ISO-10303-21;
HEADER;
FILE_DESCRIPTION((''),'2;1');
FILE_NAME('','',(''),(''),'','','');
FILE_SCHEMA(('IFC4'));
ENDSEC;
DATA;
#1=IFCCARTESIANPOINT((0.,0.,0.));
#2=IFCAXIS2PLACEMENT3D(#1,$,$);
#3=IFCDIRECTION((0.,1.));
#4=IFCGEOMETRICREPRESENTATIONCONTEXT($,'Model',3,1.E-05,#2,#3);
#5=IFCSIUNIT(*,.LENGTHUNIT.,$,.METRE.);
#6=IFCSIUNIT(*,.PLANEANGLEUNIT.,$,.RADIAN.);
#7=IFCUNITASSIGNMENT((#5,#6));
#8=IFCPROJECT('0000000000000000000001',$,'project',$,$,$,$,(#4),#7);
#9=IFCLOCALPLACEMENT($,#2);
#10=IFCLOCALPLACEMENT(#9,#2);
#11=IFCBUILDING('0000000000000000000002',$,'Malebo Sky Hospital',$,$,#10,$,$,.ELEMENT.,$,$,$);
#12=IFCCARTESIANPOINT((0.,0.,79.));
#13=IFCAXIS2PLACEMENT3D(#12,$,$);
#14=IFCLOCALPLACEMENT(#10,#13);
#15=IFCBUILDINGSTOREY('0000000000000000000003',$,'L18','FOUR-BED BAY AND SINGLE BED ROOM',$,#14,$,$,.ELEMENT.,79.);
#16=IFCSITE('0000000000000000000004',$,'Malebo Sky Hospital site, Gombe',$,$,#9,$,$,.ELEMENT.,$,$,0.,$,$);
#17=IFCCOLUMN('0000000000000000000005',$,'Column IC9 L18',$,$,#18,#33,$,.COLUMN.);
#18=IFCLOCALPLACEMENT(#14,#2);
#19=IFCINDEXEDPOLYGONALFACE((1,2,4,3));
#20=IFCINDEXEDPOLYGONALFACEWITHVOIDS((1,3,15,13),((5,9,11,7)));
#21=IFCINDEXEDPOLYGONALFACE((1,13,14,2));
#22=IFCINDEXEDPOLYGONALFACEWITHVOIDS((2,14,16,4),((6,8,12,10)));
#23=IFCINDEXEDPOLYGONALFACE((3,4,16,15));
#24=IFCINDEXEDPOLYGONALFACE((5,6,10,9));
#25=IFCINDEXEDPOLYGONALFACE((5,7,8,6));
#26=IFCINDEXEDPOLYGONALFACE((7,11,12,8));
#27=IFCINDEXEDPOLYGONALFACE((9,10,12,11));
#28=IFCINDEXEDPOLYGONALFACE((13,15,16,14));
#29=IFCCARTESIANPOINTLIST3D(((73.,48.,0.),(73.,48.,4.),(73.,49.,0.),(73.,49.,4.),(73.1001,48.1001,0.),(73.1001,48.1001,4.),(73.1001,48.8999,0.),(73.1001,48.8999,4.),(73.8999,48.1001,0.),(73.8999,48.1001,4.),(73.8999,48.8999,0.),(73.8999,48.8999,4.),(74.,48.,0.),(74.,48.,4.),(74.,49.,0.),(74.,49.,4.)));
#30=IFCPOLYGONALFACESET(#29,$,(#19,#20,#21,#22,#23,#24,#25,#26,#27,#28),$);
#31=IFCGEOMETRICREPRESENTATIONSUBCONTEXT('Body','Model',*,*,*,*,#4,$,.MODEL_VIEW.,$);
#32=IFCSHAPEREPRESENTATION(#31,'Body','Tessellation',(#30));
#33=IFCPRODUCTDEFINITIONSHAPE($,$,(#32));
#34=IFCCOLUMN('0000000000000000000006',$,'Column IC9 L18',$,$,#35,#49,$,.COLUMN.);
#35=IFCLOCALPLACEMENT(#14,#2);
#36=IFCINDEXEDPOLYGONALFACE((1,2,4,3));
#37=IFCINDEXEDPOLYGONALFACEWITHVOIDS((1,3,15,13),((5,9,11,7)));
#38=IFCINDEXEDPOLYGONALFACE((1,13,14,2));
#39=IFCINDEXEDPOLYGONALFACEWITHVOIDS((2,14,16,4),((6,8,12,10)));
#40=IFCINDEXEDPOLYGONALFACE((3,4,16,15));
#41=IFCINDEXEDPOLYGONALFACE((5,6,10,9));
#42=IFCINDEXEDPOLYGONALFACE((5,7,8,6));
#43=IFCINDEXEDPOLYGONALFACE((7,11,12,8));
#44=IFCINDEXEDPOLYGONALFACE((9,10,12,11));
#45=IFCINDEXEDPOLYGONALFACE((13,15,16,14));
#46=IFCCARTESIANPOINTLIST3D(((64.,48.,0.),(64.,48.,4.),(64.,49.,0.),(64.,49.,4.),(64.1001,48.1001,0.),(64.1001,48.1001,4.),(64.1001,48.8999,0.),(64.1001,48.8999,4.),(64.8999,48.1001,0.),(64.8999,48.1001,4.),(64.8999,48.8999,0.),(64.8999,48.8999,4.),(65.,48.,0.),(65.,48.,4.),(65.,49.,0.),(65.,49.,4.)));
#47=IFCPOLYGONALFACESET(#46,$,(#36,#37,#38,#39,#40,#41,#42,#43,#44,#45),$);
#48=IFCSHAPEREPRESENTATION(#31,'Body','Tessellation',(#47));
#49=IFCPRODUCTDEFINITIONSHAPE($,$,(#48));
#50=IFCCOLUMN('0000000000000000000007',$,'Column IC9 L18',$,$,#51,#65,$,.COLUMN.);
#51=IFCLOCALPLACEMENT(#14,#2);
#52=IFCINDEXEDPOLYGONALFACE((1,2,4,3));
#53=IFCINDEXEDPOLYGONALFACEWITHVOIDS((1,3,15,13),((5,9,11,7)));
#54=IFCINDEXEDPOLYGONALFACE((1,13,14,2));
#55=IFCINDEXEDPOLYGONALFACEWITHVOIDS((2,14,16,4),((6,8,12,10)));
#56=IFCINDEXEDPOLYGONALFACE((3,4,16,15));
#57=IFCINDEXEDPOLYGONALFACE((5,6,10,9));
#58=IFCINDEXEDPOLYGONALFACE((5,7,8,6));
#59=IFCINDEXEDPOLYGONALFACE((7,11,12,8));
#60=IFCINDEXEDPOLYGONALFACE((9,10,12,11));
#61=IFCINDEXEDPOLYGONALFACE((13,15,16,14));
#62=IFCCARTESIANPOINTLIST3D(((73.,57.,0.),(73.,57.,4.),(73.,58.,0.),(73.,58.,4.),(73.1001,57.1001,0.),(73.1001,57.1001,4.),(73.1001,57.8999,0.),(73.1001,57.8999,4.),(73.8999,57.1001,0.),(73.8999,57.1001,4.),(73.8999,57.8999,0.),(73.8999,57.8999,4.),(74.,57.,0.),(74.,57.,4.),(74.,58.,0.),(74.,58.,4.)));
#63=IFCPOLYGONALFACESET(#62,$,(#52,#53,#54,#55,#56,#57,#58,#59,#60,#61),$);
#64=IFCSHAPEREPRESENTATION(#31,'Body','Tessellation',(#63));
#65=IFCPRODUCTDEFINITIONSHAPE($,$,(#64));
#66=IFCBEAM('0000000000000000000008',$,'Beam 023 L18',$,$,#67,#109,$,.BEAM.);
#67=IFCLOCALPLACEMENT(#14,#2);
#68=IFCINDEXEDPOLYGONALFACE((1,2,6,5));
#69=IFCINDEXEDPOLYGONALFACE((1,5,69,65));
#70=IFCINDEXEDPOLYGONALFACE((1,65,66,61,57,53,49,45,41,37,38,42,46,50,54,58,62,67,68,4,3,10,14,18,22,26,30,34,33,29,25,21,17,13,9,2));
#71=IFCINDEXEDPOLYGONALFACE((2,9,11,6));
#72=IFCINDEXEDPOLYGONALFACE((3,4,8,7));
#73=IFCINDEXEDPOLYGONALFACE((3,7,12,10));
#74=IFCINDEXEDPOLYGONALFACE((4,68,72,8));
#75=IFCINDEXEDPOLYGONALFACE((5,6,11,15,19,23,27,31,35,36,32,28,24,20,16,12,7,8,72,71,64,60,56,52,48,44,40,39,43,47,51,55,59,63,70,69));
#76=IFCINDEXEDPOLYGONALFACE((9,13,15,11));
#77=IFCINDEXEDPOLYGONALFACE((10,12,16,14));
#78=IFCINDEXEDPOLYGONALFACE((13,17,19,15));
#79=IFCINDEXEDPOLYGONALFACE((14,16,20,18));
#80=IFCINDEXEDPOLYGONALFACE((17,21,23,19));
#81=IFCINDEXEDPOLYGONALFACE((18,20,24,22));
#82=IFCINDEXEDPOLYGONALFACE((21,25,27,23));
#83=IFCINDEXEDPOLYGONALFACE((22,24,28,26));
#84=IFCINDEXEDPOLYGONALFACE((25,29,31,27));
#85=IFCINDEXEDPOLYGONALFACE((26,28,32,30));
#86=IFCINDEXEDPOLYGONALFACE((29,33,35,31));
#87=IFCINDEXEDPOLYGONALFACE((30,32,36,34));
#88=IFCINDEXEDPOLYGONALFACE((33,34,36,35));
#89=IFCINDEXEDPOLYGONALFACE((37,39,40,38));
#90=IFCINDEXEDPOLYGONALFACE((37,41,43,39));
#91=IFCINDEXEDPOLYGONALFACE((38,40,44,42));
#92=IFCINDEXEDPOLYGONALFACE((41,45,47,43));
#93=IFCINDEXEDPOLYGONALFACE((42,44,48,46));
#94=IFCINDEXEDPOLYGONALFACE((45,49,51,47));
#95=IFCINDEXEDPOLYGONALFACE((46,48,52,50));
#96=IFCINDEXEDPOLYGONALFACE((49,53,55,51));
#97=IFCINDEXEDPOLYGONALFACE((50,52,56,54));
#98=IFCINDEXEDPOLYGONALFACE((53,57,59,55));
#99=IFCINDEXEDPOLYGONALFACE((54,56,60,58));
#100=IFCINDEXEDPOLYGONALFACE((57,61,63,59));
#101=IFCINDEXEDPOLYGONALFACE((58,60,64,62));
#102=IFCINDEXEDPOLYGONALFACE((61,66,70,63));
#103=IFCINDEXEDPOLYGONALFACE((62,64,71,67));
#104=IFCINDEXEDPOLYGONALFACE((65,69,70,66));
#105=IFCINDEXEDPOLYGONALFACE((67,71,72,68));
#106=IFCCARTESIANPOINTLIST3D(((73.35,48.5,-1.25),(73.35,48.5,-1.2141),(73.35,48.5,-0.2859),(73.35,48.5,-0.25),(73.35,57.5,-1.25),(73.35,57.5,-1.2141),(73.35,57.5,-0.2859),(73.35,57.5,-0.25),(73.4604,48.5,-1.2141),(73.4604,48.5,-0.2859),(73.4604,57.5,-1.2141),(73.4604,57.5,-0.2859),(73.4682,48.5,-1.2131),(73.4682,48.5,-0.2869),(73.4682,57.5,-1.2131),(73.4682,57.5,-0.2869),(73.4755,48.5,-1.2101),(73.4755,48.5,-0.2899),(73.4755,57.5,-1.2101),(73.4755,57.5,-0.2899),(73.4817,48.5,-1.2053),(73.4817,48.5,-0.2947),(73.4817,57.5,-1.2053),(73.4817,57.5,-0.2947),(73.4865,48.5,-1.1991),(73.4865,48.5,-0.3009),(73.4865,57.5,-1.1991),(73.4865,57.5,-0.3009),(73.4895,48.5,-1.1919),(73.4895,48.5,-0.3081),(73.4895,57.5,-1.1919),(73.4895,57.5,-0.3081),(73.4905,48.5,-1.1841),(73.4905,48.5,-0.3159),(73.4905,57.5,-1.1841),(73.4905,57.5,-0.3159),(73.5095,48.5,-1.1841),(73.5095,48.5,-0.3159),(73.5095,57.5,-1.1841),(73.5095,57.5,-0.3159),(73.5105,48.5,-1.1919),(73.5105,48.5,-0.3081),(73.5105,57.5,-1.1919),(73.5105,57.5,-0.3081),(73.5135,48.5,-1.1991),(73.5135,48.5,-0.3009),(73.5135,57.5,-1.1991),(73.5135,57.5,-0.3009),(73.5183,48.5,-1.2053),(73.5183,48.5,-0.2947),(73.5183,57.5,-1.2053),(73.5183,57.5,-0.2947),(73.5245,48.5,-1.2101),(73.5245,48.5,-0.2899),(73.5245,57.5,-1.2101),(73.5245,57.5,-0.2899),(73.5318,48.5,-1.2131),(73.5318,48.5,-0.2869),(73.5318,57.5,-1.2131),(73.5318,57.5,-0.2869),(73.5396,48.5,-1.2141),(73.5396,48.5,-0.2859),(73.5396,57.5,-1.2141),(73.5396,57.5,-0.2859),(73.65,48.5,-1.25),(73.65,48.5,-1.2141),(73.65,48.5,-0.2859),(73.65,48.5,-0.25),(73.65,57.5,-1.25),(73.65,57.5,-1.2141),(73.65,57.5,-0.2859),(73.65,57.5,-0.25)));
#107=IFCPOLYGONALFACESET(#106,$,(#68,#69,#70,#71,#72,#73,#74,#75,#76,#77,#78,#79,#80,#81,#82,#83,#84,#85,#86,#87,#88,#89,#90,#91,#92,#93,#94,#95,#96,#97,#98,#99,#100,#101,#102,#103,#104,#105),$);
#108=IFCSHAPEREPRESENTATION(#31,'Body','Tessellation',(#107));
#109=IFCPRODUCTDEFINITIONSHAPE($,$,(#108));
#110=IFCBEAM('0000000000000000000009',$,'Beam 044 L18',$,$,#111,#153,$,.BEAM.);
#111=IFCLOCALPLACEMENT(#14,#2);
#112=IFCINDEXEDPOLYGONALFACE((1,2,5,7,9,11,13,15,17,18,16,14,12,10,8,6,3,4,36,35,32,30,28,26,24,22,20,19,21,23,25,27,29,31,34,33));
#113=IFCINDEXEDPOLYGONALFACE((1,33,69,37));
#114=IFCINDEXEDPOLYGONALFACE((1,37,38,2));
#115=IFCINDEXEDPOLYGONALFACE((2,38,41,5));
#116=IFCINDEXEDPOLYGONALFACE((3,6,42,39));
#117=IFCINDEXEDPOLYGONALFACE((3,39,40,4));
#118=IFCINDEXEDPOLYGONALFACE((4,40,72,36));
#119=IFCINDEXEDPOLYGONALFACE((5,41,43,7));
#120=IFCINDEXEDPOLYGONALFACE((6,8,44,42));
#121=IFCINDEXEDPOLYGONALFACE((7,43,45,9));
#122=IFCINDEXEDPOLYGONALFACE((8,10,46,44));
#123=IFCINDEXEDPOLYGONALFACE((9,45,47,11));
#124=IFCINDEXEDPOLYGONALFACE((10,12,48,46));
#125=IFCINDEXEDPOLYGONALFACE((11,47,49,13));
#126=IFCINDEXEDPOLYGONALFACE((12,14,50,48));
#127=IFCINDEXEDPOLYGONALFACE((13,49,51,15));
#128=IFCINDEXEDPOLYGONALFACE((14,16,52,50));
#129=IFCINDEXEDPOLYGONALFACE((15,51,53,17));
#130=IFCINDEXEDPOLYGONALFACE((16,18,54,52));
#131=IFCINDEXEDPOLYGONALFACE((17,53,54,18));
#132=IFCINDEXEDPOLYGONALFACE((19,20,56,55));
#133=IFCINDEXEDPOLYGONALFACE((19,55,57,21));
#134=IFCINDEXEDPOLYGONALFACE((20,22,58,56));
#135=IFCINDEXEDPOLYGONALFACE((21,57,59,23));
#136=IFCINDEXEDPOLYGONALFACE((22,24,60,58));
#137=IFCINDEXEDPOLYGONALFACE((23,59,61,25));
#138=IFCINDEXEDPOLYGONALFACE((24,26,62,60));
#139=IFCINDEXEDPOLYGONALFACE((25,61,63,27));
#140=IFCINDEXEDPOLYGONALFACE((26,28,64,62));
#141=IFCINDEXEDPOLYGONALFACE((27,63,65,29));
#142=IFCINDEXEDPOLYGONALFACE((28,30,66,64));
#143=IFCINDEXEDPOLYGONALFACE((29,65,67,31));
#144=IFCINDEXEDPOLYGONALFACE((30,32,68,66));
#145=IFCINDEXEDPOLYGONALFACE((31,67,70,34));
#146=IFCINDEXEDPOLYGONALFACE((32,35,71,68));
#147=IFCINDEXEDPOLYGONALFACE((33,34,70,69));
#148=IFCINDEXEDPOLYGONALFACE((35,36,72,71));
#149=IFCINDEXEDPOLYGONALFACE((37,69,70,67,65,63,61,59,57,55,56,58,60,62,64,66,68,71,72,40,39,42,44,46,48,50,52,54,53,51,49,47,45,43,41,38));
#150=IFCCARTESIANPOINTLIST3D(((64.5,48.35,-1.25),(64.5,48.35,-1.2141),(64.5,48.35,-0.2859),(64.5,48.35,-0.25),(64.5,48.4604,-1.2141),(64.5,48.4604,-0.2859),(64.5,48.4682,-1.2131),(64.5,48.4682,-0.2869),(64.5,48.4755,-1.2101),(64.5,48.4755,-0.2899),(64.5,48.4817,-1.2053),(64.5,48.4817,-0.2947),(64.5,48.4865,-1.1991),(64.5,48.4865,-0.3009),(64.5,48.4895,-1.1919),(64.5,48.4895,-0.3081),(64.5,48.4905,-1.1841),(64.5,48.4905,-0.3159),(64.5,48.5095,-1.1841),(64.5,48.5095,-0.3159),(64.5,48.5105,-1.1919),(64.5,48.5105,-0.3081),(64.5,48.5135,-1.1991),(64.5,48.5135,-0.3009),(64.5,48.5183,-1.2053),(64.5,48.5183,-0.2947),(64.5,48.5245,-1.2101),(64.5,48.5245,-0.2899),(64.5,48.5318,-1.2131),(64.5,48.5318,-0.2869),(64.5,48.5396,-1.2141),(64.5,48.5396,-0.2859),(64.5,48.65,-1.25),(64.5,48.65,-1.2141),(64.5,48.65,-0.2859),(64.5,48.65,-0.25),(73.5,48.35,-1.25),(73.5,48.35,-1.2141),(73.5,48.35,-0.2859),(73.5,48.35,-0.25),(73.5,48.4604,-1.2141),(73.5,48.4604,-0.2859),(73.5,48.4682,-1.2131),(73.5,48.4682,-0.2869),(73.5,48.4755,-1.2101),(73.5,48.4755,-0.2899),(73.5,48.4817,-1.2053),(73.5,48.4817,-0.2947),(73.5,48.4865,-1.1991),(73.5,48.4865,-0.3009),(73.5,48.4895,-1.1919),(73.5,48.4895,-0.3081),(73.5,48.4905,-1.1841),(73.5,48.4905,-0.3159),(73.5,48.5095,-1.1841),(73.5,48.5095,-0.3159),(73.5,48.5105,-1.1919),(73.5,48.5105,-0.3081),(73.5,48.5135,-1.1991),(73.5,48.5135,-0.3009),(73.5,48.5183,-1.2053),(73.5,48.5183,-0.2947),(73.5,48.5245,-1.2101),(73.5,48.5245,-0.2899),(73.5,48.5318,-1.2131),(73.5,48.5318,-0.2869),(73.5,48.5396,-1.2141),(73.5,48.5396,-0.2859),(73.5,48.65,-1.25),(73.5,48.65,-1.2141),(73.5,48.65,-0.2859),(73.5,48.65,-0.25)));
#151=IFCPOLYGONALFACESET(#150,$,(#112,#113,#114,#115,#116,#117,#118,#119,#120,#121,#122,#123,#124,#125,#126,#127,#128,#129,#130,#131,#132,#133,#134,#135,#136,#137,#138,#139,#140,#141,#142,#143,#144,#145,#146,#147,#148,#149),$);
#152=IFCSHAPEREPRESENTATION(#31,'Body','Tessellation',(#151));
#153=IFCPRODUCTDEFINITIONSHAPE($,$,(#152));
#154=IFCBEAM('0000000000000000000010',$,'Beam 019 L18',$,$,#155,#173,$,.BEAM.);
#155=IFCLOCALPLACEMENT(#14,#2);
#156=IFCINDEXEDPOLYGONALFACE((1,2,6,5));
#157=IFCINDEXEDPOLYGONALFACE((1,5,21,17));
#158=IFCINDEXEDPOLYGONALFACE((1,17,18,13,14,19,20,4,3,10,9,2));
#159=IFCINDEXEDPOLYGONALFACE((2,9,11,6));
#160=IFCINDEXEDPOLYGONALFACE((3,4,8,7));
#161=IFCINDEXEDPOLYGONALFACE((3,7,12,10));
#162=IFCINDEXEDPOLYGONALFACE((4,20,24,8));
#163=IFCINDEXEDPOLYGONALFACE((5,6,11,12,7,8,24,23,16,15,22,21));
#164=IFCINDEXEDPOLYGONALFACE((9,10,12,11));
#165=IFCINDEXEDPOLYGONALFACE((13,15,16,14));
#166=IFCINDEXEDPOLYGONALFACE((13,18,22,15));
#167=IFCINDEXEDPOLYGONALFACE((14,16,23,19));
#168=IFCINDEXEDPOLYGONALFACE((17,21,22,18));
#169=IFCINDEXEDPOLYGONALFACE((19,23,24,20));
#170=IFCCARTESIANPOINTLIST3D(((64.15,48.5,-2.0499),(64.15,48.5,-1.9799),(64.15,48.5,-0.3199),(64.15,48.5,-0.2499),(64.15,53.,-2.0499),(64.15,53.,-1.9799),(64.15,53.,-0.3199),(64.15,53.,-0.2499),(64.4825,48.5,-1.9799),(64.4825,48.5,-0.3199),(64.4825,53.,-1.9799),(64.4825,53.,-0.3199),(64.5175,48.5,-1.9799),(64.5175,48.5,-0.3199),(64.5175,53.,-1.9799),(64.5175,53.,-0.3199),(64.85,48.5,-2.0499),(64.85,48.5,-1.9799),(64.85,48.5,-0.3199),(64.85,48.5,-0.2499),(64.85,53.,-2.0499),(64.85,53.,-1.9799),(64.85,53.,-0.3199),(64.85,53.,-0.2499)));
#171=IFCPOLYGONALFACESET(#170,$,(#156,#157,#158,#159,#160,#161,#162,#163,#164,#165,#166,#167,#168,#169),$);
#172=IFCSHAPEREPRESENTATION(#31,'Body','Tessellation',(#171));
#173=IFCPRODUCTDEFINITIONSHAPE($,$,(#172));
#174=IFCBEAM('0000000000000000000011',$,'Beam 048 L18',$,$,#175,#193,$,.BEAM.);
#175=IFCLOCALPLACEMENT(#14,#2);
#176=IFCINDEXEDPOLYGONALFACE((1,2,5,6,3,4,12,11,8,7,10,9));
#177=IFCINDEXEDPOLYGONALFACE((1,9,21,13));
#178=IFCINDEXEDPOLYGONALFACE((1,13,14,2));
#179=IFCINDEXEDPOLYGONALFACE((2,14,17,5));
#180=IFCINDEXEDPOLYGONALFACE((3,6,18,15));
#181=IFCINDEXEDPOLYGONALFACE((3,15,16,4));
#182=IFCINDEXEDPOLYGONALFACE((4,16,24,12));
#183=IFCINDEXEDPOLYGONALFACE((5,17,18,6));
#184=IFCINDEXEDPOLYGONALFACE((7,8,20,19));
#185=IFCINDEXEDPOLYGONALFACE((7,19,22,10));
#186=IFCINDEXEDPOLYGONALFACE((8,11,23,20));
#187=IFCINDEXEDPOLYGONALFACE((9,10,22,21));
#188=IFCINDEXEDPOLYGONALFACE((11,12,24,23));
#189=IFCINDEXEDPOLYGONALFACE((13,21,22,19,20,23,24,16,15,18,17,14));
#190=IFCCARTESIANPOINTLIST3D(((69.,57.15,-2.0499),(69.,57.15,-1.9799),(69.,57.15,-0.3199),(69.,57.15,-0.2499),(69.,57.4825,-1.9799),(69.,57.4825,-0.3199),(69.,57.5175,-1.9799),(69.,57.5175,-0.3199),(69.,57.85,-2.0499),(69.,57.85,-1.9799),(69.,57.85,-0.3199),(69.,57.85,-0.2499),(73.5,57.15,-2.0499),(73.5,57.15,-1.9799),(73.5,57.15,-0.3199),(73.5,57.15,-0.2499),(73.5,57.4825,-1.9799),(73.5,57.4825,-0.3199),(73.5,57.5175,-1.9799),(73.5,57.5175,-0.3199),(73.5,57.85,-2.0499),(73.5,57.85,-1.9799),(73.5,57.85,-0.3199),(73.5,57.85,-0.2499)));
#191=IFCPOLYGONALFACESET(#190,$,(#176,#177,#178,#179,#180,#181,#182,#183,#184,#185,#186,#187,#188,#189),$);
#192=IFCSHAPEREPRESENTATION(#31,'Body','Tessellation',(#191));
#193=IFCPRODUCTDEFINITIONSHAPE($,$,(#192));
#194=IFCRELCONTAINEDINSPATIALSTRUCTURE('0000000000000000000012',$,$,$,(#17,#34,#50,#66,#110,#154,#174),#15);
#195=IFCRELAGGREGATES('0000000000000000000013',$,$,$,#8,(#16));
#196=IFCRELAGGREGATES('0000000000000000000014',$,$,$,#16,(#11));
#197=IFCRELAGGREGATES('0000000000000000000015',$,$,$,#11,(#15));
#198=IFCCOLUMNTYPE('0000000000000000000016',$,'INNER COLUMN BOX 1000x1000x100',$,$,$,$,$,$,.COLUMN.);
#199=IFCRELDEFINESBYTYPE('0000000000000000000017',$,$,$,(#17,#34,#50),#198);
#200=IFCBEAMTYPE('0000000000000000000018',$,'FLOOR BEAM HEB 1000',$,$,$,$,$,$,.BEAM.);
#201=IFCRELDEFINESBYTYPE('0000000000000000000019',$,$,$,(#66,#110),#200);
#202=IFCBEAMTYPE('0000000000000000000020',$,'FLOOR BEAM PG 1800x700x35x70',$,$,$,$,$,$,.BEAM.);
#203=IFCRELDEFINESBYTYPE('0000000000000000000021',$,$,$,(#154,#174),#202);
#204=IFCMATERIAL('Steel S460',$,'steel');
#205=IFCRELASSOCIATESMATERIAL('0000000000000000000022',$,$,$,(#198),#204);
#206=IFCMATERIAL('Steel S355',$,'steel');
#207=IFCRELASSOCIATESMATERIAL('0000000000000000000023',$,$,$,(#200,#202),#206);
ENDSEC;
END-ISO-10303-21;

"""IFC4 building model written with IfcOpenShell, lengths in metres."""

from ifc_helpers import new_model, si_unit, direction, frame, origin, origin_2d, place, context, subcontext, project, spatial, hollow_rectangle, i_section, extrude, material, material_profile, profile_set, type_object, element, save


model = new_model("IFC4")

# Units and contexts
model_context = context("Model", 3, precision=1e-05, world=origin(), true_north=direction((0.0, 1.0)))
body_context = subcontext(model_context, "Body", "Model", "MODEL_VIEW")
ifc_project = project(units=[si_unit("LENGTHUNIT", "METRE"), si_unit("PLANEANGLEUNIT", "RADIAN")], contexts=[model_context])

# Site, building, storey
site_placement = place(None, origin())
site = spatial("IfcSite", under=ifc_project, at=site_placement, Name="Malebo Sky Hospital site, Gombe", CompositionType="ELEMENT", RefElevation=0.0)
building_placement = place(site_placement, origin())
building = spatial("IfcBuilding", under=site, at=building_placement, Name="Malebo Sky Hospital", CompositionType="ELEMENT")
storey_placement = place(building_placement, frame((0.0, 0.0, 79.0)))
storey = spatial("IfcBuildingStorey", under=building, at=storey_placement, Name="L18", Description="FOUR-BED BAY AND SINGLE BED ROOM", CompositionType="ELEMENT", Elevation=79.0)

# Columns
ifc_material_1 = material(Name="Steel S460", Category="steel")
ifc_material_profile_1 = material_profile(ifc_material_1, hollow_rectangle(XDim=1.0, YDim=1.0, WallThickness=0.1001, at=origin_2d()), Name="BOX 1000x1000x100")
ifc_profile_set_1 = profile_set([ifc_material_profile_1], Name="Steel S460")
column_type = type_object("IfcColumnType", Name="INNER COLUMN BOX 1000x1000x100", PredefinedType="COLUMN", material=ifc_profile_set_1)
for number, where, z_axis, x_axis, name in (
    (1, (73.5, 48.5, 0.0), (0.0, 0.0, 1.0), (1.0, 0.0, 0.0), "Column IC9 L18"),
    (2, (64.5, 48.5, 0.0), (0.0, 0.0, 1.0), (1.0, 0.0, 0.0), "Column IC9 L18"),
    (3, (73.5, 57.5, 0.0), (0.0, 0.0, 1.0), (1.0, 0.0, 0.0), "Column IC9 L18"),
):
    element("IfcColumn", number, at=place(storey_placement, frame(where, z_axis=z_axis, x_axis=x_axis)), inside=storey, type_object=column_type, Name=name, PredefinedType="COLUMN", context=body_context, shape_type="SweptSolid", body=[
        extrude(hollow_rectangle(XDim=1.0, YDim=1.0, WallThickness=0.1001, at=origin_2d()), origin(), (0.0, 0.0, 1.0), 4.0),
    ])

# Beams
ifc_material_2 = material(Name="Steel S355", Category="steel")
ifc_material_profile_2 = material_profile(ifc_material_2, i_section(OverallWidth=0.3, OverallDepth=1.0, WebThickness=0.019, FlangeThickness=0.0359, FilletRadius=0.03, at=origin_2d()), Name="HEB 1000")
ifc_profile_set_2 = profile_set([ifc_material_profile_2], Name="Steel S355")
beam_type_1 = type_object("IfcBeamType", Name="FLOOR BEAM HEB 1000", PredefinedType="BEAM", material=ifc_profile_set_2)
for number, where, z_axis, x_axis, name in (
    (4, (73.5, 48.5, -0.75), (0.0, 1.0, 0.0), (-1.0, 0.0, 0.0), "Beam 023 L18"),
    (5, (64.5, 48.5, -0.75), (1.0, 0.0, 0.0), (0.0, 1.0, 0.0), "Beam 044 L18"),
):
    element("IfcBeam", number, at=place(storey_placement, frame(where, z_axis=z_axis, x_axis=x_axis)), inside=storey, type_object=beam_type_1, Name=name, PredefinedType="BEAM", context=body_context, shape_type="SweptSolid", body=[
        extrude(i_section(OverallWidth=0.3, OverallDepth=1.0, WebThickness=0.019, FlangeThickness=0.0359, FilletRadius=0.03, at=origin_2d()), origin(), (0.0, 0.0, 1.0), 9.0),
    ])
ifc_material_profile_3 = material_profile(ifc_material_2, i_section(OverallWidth=0.7, OverallDepth=1.8, WebThickness=0.0349, FlangeThickness=0.0701, at=origin_2d()), Name="PG 1800x700x35x70")
ifc_profile_set_3 = profile_set([ifc_material_profile_3], Name="Steel S355")
beam_type_2 = type_object("IfcBeamType", Name="FLOOR BEAM PG 1800x700x35x70", PredefinedType="BEAM", material=ifc_profile_set_3)
for number, where, z_axis, x_axis, name in (
    (6, (64.5, 48.5, -1.1499), (0.0, 1.0, 0.0), (-1.0, 0.0, 0.0), "Beam 019 L18"),
    (7, (69.0, 57.5, -1.1499), (1.0, 0.0, 0.0), (0.0, 1.0, 0.0), "Beam 048 L18"),
):
    element("IfcBeam", number, at=place(storey_placement, frame(where, z_axis=z_axis, x_axis=x_axis)), inside=storey, type_object=beam_type_2, Name=name, PredefinedType="BEAM", context=body_context, shape_type="SweptSolid", body=[
        extrude(i_section(OverallWidth=0.7, OverallDepth=1.8, WebThickness=0.0349, FlangeThickness=0.0701, at=origin_2d()), origin(), (0.0, 0.0, 1.0), 4.5),
    ])

save(model, "model.ifc")
